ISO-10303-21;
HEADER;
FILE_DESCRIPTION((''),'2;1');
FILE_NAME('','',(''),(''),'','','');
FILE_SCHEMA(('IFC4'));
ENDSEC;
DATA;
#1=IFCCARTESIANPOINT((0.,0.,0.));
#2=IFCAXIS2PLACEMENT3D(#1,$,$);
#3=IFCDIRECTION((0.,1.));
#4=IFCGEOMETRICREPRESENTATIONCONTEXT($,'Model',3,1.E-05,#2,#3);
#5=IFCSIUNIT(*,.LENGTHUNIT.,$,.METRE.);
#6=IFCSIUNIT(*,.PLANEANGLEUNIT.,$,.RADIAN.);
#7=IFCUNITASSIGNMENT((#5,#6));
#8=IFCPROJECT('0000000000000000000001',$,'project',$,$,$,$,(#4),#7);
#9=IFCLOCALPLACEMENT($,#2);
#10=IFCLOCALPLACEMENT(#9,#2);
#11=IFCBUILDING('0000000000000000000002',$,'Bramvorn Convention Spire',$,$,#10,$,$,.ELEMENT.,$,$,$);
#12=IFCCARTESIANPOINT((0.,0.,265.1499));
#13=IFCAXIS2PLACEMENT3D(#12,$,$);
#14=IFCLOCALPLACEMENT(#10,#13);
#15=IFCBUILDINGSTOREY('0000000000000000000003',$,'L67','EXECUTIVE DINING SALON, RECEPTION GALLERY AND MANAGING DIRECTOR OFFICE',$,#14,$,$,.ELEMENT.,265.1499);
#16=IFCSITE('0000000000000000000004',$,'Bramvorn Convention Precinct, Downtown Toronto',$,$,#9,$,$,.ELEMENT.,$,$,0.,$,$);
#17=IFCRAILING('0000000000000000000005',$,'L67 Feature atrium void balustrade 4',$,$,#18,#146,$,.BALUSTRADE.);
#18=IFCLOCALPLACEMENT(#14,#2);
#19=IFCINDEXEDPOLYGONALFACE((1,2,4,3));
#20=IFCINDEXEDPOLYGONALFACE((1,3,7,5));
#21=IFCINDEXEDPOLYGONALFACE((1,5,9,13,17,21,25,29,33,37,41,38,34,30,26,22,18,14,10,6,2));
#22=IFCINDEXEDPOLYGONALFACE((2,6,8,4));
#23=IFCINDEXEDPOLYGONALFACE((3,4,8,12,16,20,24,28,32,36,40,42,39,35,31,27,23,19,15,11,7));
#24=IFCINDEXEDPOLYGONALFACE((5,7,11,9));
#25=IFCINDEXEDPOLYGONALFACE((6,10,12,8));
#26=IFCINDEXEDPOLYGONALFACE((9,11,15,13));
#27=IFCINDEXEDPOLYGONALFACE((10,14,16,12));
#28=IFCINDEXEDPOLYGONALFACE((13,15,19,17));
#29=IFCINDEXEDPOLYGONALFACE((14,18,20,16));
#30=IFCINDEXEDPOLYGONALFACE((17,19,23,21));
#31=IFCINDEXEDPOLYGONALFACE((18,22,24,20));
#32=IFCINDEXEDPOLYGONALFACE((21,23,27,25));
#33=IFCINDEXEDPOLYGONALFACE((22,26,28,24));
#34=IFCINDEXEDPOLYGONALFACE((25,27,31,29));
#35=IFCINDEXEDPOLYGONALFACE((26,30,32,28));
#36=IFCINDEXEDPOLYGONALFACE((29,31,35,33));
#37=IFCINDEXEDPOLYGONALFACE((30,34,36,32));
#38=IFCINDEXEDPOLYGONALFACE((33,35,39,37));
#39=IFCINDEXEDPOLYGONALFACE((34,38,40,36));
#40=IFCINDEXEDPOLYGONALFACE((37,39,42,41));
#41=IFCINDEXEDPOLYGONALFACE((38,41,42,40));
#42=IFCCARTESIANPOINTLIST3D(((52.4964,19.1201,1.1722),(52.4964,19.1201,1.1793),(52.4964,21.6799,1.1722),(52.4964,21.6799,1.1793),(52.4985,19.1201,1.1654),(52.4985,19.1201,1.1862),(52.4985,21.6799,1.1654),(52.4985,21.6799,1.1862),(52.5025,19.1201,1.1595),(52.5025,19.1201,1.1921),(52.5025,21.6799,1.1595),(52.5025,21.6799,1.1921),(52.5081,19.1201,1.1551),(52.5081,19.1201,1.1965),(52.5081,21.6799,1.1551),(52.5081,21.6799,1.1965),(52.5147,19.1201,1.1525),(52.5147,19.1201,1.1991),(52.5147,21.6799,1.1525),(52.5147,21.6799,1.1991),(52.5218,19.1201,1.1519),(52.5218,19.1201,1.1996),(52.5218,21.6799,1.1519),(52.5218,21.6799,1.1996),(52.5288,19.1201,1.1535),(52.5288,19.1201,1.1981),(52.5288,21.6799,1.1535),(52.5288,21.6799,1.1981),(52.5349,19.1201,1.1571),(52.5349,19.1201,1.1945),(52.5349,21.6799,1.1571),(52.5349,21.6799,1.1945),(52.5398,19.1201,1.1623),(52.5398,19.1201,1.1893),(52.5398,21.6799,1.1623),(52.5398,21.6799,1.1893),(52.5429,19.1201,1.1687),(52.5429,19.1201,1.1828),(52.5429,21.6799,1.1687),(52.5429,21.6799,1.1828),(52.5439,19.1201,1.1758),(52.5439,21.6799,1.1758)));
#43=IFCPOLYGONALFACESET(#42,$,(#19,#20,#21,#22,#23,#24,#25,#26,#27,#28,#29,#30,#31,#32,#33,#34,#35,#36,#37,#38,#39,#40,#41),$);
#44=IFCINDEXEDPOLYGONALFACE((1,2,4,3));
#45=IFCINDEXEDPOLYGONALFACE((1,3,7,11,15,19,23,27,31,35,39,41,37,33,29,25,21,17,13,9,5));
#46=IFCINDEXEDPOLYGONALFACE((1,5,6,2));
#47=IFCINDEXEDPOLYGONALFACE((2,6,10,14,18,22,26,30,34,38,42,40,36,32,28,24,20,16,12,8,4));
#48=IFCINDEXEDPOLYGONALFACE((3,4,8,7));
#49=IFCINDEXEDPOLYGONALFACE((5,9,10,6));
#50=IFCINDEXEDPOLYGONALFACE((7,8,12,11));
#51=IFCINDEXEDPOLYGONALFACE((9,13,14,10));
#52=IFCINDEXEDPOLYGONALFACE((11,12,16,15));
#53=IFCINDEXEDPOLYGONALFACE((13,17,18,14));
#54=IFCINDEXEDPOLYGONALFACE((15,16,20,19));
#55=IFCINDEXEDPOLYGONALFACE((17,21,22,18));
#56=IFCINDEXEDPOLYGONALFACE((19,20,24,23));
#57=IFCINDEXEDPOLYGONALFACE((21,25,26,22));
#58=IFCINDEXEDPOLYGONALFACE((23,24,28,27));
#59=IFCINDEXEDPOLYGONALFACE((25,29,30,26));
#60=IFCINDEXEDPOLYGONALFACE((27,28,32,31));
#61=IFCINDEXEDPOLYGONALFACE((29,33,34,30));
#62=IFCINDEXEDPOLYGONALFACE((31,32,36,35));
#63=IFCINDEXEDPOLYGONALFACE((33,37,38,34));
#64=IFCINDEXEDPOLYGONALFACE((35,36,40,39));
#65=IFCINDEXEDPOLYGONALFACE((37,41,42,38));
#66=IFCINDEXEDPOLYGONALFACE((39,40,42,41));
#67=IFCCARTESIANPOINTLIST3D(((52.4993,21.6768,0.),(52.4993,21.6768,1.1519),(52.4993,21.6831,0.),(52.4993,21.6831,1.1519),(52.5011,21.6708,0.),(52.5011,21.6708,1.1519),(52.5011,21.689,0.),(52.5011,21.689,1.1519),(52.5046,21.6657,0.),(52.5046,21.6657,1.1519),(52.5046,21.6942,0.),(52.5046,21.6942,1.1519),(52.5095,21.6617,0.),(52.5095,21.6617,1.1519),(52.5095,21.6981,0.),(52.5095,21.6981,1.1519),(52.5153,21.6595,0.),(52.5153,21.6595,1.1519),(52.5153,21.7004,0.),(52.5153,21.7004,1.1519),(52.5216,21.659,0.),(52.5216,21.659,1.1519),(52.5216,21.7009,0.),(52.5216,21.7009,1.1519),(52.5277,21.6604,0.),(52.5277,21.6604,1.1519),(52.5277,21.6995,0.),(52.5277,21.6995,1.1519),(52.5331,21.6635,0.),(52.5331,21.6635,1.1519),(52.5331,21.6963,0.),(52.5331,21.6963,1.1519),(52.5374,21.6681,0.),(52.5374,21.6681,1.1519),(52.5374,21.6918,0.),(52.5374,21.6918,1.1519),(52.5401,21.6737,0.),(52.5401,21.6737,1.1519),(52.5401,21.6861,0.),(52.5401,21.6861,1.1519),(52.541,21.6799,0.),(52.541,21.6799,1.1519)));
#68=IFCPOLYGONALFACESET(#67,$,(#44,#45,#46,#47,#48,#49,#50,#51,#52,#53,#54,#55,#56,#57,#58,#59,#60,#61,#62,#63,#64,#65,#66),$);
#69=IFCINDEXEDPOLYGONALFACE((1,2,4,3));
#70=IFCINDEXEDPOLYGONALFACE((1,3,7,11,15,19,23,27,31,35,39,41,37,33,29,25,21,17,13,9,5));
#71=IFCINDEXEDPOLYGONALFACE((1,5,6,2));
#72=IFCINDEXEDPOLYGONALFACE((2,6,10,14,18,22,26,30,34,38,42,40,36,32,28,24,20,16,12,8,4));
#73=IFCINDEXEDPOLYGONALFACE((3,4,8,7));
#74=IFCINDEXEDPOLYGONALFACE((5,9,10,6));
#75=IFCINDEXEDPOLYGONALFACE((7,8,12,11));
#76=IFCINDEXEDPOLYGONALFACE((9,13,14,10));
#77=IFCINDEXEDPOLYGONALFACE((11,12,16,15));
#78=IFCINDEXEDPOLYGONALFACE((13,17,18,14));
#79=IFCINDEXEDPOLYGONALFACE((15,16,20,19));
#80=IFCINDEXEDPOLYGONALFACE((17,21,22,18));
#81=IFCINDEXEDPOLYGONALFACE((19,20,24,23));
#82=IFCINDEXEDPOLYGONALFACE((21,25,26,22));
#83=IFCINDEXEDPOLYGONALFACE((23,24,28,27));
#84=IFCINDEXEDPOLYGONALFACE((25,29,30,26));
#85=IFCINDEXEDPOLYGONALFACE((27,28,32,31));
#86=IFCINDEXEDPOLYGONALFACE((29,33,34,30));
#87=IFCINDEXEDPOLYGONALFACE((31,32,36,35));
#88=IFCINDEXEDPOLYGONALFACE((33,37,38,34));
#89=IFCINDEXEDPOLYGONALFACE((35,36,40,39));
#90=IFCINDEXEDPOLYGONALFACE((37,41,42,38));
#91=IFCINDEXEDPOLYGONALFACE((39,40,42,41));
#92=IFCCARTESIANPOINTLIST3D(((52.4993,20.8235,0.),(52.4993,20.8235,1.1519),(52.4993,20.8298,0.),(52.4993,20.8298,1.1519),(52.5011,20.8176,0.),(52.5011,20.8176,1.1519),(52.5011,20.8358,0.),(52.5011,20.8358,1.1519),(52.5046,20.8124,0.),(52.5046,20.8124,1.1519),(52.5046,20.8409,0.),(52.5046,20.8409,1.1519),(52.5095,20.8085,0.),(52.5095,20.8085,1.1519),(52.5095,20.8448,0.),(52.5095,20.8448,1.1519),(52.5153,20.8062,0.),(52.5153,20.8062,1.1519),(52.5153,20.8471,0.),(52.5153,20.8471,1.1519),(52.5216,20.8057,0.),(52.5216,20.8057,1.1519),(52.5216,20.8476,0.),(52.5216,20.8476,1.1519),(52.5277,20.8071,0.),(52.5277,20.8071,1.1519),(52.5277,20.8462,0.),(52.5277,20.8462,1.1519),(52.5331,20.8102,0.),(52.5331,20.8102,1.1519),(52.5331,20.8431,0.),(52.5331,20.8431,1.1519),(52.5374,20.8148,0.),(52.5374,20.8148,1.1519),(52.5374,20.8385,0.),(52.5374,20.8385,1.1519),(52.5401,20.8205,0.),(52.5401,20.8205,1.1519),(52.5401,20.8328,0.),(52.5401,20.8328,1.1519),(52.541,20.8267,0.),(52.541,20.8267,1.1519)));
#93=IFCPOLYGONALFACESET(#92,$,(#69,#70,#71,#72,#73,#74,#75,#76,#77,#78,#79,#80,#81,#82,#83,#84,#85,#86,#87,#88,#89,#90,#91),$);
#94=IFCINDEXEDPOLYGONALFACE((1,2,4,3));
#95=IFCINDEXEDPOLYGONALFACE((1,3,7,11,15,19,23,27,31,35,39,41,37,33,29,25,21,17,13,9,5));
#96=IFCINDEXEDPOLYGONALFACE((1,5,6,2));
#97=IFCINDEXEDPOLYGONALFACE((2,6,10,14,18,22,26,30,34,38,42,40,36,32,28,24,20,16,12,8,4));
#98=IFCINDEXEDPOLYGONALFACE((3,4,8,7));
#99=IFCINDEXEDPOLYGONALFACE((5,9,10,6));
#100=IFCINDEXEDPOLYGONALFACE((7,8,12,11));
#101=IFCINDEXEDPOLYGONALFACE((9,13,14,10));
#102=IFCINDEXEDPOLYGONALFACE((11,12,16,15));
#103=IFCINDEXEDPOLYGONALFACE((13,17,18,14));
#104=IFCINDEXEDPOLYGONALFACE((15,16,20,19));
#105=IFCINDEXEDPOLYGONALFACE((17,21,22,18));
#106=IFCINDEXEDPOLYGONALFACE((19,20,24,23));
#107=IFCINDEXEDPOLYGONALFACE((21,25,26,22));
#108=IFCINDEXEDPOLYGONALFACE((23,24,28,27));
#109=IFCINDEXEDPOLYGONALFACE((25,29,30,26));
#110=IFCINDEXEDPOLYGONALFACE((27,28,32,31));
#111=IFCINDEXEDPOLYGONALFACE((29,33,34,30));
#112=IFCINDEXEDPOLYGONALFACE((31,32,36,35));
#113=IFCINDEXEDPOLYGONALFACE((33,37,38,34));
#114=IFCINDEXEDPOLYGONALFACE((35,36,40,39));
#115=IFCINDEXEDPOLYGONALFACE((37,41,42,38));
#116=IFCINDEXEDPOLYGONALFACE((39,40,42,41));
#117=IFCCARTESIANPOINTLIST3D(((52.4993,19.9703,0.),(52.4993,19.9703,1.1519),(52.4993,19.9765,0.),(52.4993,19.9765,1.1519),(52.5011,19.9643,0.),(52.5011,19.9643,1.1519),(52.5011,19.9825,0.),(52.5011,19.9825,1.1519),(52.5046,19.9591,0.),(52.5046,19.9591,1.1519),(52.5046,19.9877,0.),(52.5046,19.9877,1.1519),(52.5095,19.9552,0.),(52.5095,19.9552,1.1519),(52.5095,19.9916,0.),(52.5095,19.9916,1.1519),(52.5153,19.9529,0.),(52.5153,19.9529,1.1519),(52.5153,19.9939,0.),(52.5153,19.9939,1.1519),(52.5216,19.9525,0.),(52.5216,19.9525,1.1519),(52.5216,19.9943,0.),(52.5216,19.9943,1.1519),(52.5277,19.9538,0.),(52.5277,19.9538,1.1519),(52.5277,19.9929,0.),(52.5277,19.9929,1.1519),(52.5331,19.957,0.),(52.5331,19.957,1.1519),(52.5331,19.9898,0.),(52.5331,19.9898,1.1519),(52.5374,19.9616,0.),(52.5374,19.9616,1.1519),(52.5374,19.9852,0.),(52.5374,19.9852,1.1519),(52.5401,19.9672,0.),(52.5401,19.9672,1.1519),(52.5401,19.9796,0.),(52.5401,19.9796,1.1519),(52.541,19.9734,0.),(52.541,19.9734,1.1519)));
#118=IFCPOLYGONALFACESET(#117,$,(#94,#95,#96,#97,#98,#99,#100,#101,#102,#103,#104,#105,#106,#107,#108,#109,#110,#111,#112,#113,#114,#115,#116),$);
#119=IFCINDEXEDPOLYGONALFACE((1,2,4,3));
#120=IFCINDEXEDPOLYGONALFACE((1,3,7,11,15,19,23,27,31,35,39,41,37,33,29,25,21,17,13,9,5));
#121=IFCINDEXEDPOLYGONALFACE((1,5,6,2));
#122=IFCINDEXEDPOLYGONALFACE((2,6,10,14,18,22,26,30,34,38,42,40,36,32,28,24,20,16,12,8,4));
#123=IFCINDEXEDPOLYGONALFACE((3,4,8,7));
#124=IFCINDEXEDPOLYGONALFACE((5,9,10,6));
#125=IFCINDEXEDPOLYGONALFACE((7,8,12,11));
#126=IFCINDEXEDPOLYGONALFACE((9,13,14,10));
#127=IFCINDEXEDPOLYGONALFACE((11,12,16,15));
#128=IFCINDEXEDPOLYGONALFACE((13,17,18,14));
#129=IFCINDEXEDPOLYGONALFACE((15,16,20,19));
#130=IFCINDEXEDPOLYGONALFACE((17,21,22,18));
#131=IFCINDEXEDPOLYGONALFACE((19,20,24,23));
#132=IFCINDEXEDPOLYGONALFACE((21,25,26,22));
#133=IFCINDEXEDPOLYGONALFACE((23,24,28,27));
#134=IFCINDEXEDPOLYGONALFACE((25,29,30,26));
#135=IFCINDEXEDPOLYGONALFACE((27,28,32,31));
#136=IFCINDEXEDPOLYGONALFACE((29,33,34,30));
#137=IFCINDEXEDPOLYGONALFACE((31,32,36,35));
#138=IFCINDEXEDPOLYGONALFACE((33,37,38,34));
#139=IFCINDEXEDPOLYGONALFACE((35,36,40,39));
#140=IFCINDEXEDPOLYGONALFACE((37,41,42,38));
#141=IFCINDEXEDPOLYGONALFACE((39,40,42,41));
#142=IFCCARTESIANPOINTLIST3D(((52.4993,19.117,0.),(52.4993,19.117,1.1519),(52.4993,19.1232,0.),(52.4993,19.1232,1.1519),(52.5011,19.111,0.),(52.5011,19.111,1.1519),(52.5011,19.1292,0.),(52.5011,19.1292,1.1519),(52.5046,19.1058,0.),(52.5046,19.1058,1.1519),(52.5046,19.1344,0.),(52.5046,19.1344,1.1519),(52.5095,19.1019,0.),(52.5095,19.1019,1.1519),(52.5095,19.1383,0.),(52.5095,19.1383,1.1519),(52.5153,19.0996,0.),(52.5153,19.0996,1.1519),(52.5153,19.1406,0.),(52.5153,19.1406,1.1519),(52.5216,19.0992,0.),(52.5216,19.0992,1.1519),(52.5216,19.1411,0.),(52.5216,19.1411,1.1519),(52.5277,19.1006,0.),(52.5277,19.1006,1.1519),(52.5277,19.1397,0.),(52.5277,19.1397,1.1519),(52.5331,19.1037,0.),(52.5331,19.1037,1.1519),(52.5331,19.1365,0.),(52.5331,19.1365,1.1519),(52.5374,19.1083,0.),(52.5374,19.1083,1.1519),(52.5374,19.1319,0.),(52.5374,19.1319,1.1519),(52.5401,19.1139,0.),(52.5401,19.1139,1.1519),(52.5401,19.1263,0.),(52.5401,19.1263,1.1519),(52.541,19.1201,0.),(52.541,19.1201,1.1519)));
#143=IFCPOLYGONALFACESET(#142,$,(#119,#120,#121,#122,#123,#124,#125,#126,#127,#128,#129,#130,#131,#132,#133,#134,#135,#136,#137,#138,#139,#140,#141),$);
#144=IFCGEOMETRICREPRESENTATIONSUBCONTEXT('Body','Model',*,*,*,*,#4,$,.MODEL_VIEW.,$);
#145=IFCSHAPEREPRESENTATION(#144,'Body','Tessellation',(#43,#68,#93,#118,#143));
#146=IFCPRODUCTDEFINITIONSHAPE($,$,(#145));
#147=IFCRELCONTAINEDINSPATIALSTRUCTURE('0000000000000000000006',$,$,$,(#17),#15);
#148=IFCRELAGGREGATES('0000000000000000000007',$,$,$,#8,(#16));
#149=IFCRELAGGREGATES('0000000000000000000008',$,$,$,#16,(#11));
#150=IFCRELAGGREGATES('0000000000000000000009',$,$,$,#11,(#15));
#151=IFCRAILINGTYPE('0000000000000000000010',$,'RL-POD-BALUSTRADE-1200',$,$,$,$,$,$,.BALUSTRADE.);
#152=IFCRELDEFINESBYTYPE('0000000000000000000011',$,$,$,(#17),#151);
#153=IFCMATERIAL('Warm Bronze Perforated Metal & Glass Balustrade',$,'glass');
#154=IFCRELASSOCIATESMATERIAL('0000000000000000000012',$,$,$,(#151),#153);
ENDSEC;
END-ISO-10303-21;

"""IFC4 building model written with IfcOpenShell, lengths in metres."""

from ifc_helpers import new_model, si_unit, direction, frame, origin, origin_2d, place, context, subcontext, project, spatial, circle, extrude, material, type_object, element, save


model = new_model("IFC4")

# Units and contexts
model_context = context("Model", 3, precision=1e-05, world=origin(), true_north=direction((0.0, 1.0)))
body_context = subcontext(model_context, "Body", "Model", "MODEL_VIEW")
ifc_project = project(units=[si_unit("LENGTHUNIT", "METRE"), si_unit("PLANEANGLEUNIT", "RADIAN")], contexts=[model_context])

# Site, building, storey
site_placement = place(None, origin())
site = spatial("IfcSite", under=ifc_project, at=site_placement, Name="Bramvorn Convention Precinct, Downtown Toronto", CompositionType="ELEMENT", RefElevation=0.0)
building_placement = place(site_placement, origin())
building = spatial("IfcBuilding", under=site, at=building_placement, Name="Bramvorn Convention Spire", CompositionType="ELEMENT")
storey_placement = place(building_placement, frame((0.0, 0.0, 265.1499)))
storey = spatial("IfcBuildingStorey", under=building, at=storey_placement, Name="L67", Description="EXECUTIVE DINING SALON, RECEPTION GALLERY AND MANAGING DIRECTOR OFFICE", CompositionType="ELEMENT", Elevation=265.1499)

# Railing
ifc_material_1 = material(Name="Warm Bronze Perforated Metal & Glass Balustrade", Category="glass")
railing_type = type_object("IfcRailingType", Name="RL-POD-BALUSTRADE-1200", PredefinedType="BALUSTRADE", material=ifc_material_1)
railing_1_placement = place(storey_placement, frame((52.52, 21.6799, 0.0)))
element("IfcRailing", 1, at=railing_1_placement, inside=storey, type_object=railing_type, Name="L67 Feature atrium void balustrade 4", PredefinedType="BALUSTRADE", context=body_context, shape_type="SweptSolid", body=[
    extrude(circle(Radius=0.0239, at=origin_2d()), frame((0.0, 0.0, 1.1758), z_axis=(0.0, -1.0, 0.0), x_axis=(1.0, 0.0, 0.0)), (0.0, 0.0, 1.0), 2.5598),
    extrude(circle(Radius=0.021, at=origin_2d()), origin(), (0.0, 0.0, 1.0), 1.1519),
    extrude(circle(Radius=0.021, at=origin_2d()), frame((0.0, -0.8533, 0.0)), (0.0, 0.0, 1.0), 1.1519),
    extrude(circle(Radius=0.021, at=origin_2d()), frame((0.0, -1.7065, 0.0)), (0.0, 0.0, 1.0), 1.1519),
    extrude(circle(Radius=0.021, at=origin_2d()), frame((0.0, -2.5598, 0.0)), (0.0, 0.0, 1.0), 1.1519),
])

save(model, "model.ifc")
